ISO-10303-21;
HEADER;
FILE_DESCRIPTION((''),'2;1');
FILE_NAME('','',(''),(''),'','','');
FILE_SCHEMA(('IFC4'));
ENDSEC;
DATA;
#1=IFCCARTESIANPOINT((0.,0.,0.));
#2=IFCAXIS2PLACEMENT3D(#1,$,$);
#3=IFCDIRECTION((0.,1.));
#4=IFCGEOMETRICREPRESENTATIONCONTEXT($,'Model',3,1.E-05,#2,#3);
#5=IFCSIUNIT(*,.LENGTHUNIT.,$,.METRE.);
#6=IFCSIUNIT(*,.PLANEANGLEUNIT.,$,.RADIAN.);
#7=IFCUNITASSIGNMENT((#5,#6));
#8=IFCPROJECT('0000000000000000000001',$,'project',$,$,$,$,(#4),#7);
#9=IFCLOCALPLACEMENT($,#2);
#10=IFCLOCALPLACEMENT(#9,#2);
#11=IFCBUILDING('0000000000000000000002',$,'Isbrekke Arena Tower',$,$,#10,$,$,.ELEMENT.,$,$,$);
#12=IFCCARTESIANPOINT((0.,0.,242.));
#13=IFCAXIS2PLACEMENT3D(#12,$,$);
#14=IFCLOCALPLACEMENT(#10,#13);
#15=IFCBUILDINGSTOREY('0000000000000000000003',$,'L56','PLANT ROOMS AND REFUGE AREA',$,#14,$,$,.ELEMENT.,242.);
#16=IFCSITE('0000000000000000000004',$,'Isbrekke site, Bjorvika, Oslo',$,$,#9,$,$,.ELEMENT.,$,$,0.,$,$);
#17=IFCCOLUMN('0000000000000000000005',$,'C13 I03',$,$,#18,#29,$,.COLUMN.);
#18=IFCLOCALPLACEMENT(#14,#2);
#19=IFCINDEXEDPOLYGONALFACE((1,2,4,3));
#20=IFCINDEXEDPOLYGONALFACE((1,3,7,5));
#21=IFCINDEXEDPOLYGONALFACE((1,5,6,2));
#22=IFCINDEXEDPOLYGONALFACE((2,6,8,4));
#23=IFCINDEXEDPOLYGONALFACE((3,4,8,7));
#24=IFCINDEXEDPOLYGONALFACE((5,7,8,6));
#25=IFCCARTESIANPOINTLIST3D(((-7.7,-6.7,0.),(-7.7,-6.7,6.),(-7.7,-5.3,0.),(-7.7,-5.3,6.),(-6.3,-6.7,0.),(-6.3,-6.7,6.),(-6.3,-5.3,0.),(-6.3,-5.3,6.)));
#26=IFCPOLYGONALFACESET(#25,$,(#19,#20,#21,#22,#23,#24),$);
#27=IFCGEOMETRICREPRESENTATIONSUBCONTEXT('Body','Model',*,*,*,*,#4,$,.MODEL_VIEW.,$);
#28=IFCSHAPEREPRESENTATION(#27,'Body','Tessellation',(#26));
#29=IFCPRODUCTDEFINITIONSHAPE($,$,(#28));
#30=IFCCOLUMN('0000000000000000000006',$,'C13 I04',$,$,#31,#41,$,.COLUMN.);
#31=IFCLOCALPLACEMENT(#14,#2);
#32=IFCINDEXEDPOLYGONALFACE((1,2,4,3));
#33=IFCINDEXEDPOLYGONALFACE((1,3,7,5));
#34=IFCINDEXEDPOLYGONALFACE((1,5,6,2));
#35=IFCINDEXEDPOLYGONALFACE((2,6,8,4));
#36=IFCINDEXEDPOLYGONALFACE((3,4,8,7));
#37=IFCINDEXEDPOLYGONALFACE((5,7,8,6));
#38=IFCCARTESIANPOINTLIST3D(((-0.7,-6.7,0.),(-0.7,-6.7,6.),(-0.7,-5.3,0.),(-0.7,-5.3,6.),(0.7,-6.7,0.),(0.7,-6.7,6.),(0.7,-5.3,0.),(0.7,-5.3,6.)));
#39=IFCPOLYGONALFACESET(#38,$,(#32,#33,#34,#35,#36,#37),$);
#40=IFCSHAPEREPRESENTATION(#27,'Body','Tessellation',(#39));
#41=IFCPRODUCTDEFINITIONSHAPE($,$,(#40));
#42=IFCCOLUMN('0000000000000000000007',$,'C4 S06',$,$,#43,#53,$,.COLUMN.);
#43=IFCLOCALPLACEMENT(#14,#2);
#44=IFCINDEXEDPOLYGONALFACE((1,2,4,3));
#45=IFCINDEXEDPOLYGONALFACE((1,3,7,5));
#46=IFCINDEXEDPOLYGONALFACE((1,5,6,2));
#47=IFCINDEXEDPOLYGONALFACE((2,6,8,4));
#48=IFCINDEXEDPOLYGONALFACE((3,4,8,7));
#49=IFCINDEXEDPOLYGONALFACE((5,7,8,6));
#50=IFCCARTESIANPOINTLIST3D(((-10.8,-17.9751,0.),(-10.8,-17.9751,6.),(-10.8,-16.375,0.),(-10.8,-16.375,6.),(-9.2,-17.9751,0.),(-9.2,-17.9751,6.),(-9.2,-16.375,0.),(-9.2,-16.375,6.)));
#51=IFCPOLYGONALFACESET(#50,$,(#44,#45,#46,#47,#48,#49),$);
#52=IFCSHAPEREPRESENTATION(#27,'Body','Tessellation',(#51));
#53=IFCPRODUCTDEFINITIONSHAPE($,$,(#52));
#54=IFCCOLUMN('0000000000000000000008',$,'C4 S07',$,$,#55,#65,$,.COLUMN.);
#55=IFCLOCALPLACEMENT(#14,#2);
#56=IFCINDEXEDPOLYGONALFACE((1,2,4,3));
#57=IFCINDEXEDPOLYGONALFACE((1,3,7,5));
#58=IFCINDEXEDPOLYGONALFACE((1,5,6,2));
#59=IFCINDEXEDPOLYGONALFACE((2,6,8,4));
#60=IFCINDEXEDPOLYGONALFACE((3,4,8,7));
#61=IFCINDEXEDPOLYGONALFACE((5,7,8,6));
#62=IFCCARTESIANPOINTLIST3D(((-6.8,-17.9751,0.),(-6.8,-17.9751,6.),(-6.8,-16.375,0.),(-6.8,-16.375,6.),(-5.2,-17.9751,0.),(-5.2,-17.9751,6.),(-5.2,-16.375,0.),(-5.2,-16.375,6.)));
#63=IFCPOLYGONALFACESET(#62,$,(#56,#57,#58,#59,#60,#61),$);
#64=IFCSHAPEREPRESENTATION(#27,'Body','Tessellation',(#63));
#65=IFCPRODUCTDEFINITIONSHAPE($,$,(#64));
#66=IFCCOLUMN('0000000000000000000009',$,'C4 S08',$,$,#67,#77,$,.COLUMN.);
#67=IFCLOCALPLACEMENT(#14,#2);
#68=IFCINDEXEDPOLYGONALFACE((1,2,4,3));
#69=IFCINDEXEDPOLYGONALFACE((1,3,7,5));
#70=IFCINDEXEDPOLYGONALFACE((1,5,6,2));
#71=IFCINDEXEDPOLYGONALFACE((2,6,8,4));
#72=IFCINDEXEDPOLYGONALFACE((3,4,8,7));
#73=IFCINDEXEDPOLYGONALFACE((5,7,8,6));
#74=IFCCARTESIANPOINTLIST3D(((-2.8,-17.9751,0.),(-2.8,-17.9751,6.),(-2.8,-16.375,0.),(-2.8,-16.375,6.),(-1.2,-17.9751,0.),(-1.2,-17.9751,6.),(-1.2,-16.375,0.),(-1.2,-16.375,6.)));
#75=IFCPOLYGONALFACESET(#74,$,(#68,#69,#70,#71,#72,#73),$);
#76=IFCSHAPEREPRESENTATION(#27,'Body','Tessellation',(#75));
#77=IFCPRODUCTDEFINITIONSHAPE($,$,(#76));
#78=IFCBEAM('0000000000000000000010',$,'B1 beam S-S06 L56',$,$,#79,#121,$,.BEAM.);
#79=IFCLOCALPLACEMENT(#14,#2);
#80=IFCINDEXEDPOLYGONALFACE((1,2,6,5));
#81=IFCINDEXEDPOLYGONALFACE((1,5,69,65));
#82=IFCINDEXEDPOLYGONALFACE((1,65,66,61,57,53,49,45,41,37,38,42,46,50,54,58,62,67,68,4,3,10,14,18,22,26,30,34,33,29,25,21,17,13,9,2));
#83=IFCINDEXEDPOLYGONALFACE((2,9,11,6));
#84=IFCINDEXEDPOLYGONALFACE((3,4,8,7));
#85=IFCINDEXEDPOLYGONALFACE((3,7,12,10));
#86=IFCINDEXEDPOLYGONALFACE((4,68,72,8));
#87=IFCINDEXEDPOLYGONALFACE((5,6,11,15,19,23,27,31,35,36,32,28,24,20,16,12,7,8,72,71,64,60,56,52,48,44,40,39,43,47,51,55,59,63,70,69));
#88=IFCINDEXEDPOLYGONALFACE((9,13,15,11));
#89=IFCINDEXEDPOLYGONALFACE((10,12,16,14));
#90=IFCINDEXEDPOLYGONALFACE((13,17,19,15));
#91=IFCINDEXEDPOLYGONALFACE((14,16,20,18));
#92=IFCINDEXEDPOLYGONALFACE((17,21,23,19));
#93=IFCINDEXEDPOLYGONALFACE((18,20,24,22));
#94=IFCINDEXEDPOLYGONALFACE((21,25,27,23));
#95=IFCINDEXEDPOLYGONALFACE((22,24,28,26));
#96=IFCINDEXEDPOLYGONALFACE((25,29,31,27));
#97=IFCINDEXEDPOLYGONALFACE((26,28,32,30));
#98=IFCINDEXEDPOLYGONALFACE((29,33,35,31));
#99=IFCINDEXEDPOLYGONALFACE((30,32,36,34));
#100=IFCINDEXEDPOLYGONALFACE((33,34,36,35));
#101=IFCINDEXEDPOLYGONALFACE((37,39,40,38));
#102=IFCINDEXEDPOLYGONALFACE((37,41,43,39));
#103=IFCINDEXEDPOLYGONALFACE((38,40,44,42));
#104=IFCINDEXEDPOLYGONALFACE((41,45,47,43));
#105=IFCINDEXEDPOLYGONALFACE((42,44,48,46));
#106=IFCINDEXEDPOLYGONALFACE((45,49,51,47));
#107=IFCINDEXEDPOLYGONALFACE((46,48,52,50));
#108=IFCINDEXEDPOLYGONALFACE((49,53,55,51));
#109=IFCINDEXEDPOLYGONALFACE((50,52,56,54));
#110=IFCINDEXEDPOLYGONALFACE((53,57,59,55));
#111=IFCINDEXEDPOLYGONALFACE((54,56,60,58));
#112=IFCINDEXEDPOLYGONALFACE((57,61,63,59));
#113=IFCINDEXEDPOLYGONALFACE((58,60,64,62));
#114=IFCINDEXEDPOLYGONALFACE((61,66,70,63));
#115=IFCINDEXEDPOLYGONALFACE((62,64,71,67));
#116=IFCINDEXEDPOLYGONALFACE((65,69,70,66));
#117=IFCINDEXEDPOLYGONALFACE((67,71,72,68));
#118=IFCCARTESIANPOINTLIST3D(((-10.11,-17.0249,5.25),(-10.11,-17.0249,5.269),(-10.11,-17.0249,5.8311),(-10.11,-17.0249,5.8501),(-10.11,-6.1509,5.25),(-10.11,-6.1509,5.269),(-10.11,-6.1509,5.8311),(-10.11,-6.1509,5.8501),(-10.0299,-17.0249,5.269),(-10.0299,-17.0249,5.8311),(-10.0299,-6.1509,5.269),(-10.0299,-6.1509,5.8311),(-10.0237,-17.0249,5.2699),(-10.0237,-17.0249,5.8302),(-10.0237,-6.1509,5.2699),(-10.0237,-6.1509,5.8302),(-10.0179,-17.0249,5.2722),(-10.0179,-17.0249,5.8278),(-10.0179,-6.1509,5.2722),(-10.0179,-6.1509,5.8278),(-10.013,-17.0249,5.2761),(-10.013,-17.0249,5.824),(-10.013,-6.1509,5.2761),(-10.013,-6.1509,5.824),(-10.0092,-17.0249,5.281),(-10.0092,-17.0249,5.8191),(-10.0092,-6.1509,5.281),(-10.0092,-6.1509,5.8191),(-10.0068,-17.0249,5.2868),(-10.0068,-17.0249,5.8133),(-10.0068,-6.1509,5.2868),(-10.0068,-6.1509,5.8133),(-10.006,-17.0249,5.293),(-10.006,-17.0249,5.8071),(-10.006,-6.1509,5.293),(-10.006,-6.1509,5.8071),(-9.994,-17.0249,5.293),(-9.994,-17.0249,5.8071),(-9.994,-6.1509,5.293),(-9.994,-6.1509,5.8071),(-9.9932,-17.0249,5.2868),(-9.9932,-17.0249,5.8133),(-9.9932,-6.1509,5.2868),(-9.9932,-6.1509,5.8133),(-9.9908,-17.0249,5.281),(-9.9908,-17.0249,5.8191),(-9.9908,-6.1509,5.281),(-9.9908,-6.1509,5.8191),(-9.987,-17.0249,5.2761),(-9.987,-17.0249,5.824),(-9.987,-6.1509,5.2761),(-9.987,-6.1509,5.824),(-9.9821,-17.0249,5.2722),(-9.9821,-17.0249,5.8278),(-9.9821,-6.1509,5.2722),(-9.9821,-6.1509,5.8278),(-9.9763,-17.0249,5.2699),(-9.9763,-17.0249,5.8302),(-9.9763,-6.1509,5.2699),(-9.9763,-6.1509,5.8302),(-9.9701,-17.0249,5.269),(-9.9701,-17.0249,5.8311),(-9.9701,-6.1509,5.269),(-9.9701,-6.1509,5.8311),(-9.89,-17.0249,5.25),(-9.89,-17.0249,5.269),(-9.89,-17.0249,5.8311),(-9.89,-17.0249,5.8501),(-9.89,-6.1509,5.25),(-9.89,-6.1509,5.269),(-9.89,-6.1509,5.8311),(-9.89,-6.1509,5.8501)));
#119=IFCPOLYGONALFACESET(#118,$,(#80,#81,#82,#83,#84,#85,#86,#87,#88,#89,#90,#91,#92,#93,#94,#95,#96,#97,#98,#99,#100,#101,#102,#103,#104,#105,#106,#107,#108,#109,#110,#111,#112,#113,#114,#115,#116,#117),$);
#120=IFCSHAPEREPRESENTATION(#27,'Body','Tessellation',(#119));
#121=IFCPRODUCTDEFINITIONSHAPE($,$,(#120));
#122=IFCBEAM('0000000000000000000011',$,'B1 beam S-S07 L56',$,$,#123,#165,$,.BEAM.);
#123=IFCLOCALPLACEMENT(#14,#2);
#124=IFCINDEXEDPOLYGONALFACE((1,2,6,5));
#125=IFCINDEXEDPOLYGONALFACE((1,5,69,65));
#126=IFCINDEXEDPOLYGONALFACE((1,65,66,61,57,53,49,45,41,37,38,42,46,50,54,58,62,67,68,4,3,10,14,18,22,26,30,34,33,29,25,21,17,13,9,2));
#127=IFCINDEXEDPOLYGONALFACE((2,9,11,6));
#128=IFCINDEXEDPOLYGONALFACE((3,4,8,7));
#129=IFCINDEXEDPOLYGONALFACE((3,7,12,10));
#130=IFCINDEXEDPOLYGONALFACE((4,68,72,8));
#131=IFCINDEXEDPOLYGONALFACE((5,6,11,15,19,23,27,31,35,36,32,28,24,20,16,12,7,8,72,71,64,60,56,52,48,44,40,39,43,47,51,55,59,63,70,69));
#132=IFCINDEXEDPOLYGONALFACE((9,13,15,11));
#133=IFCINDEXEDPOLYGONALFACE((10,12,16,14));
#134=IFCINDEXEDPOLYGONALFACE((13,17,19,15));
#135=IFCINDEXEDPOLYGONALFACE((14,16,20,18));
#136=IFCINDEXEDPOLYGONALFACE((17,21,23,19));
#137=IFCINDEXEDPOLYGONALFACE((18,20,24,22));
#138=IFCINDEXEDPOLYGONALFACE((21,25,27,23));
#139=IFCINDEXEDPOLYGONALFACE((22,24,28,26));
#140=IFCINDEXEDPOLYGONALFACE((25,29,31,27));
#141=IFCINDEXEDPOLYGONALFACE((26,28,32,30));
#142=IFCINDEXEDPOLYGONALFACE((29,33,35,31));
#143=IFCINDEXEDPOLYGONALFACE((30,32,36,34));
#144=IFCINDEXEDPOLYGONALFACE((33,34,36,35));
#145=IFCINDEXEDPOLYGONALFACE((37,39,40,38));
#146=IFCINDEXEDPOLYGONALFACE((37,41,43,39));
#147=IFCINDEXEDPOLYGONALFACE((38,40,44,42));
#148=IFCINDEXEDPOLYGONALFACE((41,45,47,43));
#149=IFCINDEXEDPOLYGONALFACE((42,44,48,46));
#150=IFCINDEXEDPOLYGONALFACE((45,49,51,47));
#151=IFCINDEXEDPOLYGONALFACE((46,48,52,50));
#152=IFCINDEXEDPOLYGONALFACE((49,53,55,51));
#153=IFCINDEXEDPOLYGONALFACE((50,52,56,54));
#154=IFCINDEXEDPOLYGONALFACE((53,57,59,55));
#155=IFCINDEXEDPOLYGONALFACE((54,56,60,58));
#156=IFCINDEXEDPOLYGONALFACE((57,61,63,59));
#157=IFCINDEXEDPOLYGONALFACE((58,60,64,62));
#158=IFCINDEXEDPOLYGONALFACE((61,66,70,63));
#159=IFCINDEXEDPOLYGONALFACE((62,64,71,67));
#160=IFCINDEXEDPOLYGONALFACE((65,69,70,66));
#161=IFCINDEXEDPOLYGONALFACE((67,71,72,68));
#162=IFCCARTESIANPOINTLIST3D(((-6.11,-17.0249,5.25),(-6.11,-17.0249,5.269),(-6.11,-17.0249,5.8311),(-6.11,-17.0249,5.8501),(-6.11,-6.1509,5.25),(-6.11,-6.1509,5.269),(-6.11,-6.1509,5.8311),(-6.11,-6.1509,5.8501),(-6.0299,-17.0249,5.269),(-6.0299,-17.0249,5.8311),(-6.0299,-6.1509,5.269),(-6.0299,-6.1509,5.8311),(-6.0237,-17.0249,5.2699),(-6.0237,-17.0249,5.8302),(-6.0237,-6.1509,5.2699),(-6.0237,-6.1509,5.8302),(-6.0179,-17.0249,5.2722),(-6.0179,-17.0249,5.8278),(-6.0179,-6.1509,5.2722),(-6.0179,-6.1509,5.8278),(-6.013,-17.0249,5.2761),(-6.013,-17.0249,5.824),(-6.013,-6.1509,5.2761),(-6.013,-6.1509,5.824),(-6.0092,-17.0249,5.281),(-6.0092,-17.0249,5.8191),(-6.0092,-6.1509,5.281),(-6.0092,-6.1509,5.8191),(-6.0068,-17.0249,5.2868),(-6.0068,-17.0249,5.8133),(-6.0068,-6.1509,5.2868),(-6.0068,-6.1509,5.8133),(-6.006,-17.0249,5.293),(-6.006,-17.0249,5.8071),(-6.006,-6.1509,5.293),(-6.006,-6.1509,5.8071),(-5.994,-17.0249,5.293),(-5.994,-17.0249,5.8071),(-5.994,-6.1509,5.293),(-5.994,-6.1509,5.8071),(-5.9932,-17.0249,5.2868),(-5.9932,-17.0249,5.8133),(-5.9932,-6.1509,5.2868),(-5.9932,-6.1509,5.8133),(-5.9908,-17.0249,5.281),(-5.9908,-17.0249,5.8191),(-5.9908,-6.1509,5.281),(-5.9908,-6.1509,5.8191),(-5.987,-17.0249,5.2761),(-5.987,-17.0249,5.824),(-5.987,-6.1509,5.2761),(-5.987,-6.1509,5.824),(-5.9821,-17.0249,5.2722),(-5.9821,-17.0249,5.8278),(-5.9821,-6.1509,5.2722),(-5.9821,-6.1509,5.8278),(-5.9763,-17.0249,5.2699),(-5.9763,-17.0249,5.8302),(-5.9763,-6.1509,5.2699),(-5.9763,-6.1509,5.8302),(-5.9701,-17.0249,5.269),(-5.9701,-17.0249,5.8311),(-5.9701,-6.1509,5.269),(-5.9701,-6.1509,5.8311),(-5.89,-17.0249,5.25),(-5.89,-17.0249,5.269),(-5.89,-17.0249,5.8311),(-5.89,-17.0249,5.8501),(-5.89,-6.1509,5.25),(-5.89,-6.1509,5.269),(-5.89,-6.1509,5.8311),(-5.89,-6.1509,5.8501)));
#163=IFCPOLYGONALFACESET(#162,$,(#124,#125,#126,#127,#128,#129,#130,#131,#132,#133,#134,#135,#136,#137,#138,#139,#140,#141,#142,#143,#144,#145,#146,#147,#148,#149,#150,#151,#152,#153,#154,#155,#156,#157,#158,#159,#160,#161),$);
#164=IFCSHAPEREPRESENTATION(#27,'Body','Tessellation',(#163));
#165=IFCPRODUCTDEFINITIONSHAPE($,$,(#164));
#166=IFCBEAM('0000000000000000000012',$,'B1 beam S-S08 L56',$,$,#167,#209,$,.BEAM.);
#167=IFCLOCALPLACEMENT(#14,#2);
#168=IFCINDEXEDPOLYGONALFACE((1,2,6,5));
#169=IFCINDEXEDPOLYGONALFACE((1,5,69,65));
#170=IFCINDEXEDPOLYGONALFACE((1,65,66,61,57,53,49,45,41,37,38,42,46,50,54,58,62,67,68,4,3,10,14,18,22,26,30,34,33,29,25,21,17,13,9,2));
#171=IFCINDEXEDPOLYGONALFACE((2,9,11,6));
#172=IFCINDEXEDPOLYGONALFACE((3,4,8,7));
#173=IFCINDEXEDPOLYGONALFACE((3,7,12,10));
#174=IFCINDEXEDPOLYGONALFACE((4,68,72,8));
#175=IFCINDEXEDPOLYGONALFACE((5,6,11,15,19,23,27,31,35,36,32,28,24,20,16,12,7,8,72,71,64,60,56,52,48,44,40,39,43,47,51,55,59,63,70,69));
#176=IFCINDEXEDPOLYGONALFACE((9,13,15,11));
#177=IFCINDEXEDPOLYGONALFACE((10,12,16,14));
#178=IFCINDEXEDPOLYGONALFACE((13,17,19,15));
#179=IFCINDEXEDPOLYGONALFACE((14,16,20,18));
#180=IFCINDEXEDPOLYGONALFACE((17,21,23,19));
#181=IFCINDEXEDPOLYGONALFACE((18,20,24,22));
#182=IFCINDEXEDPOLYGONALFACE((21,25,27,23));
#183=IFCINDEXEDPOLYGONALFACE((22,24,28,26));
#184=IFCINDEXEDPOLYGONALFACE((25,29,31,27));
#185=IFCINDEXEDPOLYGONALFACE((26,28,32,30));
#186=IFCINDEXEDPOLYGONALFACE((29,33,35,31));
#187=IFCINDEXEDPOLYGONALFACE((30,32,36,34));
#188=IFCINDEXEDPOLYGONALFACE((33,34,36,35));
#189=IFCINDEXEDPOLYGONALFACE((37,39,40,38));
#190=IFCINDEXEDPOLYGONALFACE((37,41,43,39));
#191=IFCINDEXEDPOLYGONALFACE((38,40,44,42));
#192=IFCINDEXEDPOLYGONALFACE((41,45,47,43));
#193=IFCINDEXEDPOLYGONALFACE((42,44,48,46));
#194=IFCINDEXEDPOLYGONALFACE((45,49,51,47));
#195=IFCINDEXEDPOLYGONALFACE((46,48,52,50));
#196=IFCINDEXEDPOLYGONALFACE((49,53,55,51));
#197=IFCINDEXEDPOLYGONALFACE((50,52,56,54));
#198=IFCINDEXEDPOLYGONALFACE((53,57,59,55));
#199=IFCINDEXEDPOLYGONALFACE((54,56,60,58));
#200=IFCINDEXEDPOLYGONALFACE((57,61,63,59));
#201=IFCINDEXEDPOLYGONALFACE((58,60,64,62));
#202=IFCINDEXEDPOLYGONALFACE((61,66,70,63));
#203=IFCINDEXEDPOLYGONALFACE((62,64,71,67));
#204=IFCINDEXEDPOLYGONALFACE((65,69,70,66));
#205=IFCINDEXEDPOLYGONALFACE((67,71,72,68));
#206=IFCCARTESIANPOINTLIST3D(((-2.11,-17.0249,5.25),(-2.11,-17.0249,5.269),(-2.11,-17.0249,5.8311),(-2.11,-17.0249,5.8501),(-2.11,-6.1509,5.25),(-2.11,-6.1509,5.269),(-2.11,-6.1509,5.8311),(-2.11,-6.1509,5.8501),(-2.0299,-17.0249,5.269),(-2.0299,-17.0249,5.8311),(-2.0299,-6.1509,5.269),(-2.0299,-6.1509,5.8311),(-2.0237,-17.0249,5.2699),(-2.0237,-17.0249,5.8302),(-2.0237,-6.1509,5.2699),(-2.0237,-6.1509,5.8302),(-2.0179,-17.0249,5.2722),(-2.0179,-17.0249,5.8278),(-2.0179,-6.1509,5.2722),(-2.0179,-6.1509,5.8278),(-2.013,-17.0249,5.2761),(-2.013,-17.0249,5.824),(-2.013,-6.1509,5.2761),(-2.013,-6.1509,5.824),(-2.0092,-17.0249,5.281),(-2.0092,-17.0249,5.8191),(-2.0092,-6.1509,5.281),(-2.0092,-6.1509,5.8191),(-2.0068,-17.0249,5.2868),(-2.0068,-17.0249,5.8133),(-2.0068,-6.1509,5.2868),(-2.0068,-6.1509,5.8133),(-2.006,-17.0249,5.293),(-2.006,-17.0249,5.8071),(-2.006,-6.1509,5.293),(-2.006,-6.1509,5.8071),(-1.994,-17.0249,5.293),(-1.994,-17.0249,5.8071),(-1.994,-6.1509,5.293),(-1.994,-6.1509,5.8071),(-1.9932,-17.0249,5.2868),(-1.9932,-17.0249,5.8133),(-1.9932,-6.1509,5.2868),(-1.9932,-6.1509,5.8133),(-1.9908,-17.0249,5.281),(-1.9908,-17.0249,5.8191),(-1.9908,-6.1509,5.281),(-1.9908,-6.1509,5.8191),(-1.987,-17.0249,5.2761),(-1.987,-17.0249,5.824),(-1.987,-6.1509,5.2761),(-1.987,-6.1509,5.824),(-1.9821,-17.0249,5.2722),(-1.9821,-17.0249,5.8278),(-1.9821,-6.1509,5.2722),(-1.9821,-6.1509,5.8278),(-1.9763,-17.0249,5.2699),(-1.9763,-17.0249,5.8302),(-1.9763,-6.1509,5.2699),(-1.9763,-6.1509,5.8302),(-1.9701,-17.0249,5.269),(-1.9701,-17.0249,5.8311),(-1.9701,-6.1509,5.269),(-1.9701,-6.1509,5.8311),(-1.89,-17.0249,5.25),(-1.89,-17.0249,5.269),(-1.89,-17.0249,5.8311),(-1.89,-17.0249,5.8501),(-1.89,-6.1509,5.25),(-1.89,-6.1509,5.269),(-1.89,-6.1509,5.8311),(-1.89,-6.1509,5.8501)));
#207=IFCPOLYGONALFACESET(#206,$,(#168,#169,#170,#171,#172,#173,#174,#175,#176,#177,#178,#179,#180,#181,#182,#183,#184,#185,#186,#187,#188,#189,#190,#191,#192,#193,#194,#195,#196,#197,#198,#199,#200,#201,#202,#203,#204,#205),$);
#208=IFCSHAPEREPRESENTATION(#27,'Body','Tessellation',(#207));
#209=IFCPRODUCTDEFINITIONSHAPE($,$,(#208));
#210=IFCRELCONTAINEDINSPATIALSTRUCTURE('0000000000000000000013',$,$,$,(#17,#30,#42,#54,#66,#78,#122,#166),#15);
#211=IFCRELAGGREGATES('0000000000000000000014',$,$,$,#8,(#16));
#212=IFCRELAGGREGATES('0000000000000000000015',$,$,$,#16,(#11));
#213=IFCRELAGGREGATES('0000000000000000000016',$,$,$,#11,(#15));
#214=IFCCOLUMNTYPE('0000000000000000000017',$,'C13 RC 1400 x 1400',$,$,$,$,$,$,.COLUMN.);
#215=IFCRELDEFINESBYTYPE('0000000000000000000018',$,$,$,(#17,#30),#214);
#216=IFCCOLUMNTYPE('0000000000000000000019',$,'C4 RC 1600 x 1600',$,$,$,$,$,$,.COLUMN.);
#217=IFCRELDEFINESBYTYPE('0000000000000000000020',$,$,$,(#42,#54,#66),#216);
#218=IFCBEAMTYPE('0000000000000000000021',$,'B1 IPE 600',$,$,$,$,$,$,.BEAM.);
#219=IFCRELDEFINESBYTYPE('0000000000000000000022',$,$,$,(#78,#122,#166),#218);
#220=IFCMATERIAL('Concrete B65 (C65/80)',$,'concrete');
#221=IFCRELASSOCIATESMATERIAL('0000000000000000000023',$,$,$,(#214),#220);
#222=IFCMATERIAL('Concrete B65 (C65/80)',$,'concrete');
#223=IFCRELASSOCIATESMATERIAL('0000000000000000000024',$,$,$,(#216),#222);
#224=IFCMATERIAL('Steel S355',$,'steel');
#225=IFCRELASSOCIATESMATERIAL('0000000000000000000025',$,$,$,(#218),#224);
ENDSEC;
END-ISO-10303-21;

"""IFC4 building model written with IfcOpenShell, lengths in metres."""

from ifc_helpers import new_model, si_unit, direction, frame, origin, origin_2d, place, context, subcontext, project, spatial, rectangle, i_section, extrude, material, material_profile, profile_set, type_object, element, save


model = new_model("IFC4")

# Units and contexts
model_context = context("Model", 3, precision=1e-05, world=origin(), true_north=direction((0.0, 1.0)))
body_context = subcontext(model_context, "Body", "Model", "MODEL_VIEW")
ifc_project = project(units=[si_unit("LENGTHUNIT", "METRE"), si_unit("PLANEANGLEUNIT", "RADIAN")], contexts=[model_context])

# Site, building, storey
site_placement = place(None, origin())
site = spatial("IfcSite", under=ifc_project, at=site_placement, Name="Isbrekke site, Bjorvika, Oslo", CompositionType="ELEMENT", RefElevation=0.0)
building_placement = place(site_placement, origin())
building = spatial("IfcBuilding", under=site, at=building_placement, Name="Isbrekke Arena Tower", CompositionType="ELEMENT")
storey_placement = place(building_placement, frame((0.0, 0.0, 242.0)))
storey = spatial("IfcBuildingStorey", under=building, at=storey_placement, Name="L56", Description="PLANT ROOMS AND REFUGE AREA", CompositionType="ELEMENT", Elevation=242.0)

# Columns
ifc_material_1 = material(Name="Concrete B65 (C65/80)", Category="concrete")
ifc_material_profile_1 = material_profile(ifc_material_1, rectangle(XDim=1.3999, YDim=1.3999, at=origin_2d()), Name="RC 1400x1400")
ifc_profile_set_1 = profile_set([ifc_material_profile_1], Name="Concrete B65 (C65/80)")
column_type_1 = type_object("IfcColumnType", Name="C13 RC 1400 x 1400", PredefinedType="COLUMN", material=ifc_profile_set_1)
for number, where, z_axis, x_axis, name in (
    (1, (-7.0, -6.0, 0.0), (0.0, 0.0, 1.0), (1.0, 0.0, 0.0), "C13 I03"),
    (2, (0.0, -6.0, 0.0), (0.0, 0.0, 1.0), (1.0, 0.0, 0.0), "C13 I04"),
):
    element("IfcColumn", number, at=place(storey_placement, frame(where, z_axis=z_axis, x_axis=x_axis)), inside=storey, type_object=column_type_1, Name=name, PredefinedType="COLUMN", context=body_context, shape_type="SweptSolid", body=[
        extrude(rectangle(XDim=1.3999, YDim=1.3999, at=origin_2d()), origin(), (0.0, 0.0, 1.0), 6.0),
    ])
ifc_material_2 = material(Name="Concrete B65 (C65/80)", Category="concrete")
ifc_material_profile_2 = material_profile(ifc_material_2, rectangle(XDim=1.6001, YDim=1.6001, at=origin_2d()), Name="RC 1600x1600")
ifc_profile_set_2 = profile_set([ifc_material_profile_2], Name="Concrete B65 (C65/80)")
column_type_2 = type_object("IfcColumnType", Name="C4 RC 1600 x 1600", PredefinedType="COLUMN", material=ifc_profile_set_2)
for number, where, z_axis, x_axis, name in (
    (3, (-10.0, -17.175, 0.0), (0.0, 0.0, 1.0), (1.0, 0.0, 0.0), "C4 S06"),
    (4, (-6.0, -17.175, 0.0), (0.0, 0.0, 1.0), (1.0, 0.0, 0.0), "C4 S07"),
    (5, (-2.0, -17.175, 0.0), (0.0, 0.0, 1.0), (1.0, 0.0, 0.0), "C4 S08"),
):
    element("IfcColumn", number, at=place(storey_placement, frame(where, z_axis=z_axis, x_axis=x_axis)), inside=storey, type_object=column_type_2, Name=name, PredefinedType="COLUMN", context=body_context, shape_type="SweptSolid", body=[
        extrude(rectangle(XDim=1.6001, YDim=1.6001, at=origin_2d()), origin(), (0.0, 0.0, 1.0), 6.0),
    ])

# Beams
ifc_material_3 = material(Name="Steel S355", Category="steel")
ifc_material_profile_3 = material_profile(ifc_material_3, i_section(OverallWidth=0.22, OverallDepth=0.6001, WebThickness=0.012, FlangeThickness=0.019, FilletRadius=0.0239, at=origin_2d()), Name="IPE 600")
ifc_profile_set_3 = profile_set([ifc_material_profile_3], Name="Steel S355")
beam_type_1 = type_object("IfcBeamType", Name="B1 IPE 600", PredefinedType="BEAM", material=ifc_profile_set_3)
for number, where, z_axis, x_axis, name in (
    (6, (-10.0, -17.0249, 5.55), (0.0, 1.0, 0.0), (-1.0, 0.0, 0.0), "B1 beam S-S06 L56"),
    (7, (-6.0, -17.0249, 5.55), (0.0, 1.0, 0.0), (-1.0, 0.0, 0.0), "B1 beam S-S07 L56"),
    (8, (-2.0, -17.0249, 5.55), (0.0, 1.0, 0.0), (-1.0, 0.0, 0.0), "B1 beam S-S08 L56"),
):
    element("IfcBeam", number, at=place(storey_placement, frame(where, z_axis=z_axis, x_axis=x_axis)), inside=storey, type_object=beam_type_1, Name=name, PredefinedType="BEAM", context=body_context, shape_type="SweptSolid", body=[
        extrude(i_section(OverallWidth=0.22, OverallDepth=0.6001, WebThickness=0.012, FlangeThickness=0.019, FilletRadius=0.0239, at=origin_2d()), origin(), (0.0, 0.0, 1.0), 10.874),
    ])

save(model, "model.ifc")
